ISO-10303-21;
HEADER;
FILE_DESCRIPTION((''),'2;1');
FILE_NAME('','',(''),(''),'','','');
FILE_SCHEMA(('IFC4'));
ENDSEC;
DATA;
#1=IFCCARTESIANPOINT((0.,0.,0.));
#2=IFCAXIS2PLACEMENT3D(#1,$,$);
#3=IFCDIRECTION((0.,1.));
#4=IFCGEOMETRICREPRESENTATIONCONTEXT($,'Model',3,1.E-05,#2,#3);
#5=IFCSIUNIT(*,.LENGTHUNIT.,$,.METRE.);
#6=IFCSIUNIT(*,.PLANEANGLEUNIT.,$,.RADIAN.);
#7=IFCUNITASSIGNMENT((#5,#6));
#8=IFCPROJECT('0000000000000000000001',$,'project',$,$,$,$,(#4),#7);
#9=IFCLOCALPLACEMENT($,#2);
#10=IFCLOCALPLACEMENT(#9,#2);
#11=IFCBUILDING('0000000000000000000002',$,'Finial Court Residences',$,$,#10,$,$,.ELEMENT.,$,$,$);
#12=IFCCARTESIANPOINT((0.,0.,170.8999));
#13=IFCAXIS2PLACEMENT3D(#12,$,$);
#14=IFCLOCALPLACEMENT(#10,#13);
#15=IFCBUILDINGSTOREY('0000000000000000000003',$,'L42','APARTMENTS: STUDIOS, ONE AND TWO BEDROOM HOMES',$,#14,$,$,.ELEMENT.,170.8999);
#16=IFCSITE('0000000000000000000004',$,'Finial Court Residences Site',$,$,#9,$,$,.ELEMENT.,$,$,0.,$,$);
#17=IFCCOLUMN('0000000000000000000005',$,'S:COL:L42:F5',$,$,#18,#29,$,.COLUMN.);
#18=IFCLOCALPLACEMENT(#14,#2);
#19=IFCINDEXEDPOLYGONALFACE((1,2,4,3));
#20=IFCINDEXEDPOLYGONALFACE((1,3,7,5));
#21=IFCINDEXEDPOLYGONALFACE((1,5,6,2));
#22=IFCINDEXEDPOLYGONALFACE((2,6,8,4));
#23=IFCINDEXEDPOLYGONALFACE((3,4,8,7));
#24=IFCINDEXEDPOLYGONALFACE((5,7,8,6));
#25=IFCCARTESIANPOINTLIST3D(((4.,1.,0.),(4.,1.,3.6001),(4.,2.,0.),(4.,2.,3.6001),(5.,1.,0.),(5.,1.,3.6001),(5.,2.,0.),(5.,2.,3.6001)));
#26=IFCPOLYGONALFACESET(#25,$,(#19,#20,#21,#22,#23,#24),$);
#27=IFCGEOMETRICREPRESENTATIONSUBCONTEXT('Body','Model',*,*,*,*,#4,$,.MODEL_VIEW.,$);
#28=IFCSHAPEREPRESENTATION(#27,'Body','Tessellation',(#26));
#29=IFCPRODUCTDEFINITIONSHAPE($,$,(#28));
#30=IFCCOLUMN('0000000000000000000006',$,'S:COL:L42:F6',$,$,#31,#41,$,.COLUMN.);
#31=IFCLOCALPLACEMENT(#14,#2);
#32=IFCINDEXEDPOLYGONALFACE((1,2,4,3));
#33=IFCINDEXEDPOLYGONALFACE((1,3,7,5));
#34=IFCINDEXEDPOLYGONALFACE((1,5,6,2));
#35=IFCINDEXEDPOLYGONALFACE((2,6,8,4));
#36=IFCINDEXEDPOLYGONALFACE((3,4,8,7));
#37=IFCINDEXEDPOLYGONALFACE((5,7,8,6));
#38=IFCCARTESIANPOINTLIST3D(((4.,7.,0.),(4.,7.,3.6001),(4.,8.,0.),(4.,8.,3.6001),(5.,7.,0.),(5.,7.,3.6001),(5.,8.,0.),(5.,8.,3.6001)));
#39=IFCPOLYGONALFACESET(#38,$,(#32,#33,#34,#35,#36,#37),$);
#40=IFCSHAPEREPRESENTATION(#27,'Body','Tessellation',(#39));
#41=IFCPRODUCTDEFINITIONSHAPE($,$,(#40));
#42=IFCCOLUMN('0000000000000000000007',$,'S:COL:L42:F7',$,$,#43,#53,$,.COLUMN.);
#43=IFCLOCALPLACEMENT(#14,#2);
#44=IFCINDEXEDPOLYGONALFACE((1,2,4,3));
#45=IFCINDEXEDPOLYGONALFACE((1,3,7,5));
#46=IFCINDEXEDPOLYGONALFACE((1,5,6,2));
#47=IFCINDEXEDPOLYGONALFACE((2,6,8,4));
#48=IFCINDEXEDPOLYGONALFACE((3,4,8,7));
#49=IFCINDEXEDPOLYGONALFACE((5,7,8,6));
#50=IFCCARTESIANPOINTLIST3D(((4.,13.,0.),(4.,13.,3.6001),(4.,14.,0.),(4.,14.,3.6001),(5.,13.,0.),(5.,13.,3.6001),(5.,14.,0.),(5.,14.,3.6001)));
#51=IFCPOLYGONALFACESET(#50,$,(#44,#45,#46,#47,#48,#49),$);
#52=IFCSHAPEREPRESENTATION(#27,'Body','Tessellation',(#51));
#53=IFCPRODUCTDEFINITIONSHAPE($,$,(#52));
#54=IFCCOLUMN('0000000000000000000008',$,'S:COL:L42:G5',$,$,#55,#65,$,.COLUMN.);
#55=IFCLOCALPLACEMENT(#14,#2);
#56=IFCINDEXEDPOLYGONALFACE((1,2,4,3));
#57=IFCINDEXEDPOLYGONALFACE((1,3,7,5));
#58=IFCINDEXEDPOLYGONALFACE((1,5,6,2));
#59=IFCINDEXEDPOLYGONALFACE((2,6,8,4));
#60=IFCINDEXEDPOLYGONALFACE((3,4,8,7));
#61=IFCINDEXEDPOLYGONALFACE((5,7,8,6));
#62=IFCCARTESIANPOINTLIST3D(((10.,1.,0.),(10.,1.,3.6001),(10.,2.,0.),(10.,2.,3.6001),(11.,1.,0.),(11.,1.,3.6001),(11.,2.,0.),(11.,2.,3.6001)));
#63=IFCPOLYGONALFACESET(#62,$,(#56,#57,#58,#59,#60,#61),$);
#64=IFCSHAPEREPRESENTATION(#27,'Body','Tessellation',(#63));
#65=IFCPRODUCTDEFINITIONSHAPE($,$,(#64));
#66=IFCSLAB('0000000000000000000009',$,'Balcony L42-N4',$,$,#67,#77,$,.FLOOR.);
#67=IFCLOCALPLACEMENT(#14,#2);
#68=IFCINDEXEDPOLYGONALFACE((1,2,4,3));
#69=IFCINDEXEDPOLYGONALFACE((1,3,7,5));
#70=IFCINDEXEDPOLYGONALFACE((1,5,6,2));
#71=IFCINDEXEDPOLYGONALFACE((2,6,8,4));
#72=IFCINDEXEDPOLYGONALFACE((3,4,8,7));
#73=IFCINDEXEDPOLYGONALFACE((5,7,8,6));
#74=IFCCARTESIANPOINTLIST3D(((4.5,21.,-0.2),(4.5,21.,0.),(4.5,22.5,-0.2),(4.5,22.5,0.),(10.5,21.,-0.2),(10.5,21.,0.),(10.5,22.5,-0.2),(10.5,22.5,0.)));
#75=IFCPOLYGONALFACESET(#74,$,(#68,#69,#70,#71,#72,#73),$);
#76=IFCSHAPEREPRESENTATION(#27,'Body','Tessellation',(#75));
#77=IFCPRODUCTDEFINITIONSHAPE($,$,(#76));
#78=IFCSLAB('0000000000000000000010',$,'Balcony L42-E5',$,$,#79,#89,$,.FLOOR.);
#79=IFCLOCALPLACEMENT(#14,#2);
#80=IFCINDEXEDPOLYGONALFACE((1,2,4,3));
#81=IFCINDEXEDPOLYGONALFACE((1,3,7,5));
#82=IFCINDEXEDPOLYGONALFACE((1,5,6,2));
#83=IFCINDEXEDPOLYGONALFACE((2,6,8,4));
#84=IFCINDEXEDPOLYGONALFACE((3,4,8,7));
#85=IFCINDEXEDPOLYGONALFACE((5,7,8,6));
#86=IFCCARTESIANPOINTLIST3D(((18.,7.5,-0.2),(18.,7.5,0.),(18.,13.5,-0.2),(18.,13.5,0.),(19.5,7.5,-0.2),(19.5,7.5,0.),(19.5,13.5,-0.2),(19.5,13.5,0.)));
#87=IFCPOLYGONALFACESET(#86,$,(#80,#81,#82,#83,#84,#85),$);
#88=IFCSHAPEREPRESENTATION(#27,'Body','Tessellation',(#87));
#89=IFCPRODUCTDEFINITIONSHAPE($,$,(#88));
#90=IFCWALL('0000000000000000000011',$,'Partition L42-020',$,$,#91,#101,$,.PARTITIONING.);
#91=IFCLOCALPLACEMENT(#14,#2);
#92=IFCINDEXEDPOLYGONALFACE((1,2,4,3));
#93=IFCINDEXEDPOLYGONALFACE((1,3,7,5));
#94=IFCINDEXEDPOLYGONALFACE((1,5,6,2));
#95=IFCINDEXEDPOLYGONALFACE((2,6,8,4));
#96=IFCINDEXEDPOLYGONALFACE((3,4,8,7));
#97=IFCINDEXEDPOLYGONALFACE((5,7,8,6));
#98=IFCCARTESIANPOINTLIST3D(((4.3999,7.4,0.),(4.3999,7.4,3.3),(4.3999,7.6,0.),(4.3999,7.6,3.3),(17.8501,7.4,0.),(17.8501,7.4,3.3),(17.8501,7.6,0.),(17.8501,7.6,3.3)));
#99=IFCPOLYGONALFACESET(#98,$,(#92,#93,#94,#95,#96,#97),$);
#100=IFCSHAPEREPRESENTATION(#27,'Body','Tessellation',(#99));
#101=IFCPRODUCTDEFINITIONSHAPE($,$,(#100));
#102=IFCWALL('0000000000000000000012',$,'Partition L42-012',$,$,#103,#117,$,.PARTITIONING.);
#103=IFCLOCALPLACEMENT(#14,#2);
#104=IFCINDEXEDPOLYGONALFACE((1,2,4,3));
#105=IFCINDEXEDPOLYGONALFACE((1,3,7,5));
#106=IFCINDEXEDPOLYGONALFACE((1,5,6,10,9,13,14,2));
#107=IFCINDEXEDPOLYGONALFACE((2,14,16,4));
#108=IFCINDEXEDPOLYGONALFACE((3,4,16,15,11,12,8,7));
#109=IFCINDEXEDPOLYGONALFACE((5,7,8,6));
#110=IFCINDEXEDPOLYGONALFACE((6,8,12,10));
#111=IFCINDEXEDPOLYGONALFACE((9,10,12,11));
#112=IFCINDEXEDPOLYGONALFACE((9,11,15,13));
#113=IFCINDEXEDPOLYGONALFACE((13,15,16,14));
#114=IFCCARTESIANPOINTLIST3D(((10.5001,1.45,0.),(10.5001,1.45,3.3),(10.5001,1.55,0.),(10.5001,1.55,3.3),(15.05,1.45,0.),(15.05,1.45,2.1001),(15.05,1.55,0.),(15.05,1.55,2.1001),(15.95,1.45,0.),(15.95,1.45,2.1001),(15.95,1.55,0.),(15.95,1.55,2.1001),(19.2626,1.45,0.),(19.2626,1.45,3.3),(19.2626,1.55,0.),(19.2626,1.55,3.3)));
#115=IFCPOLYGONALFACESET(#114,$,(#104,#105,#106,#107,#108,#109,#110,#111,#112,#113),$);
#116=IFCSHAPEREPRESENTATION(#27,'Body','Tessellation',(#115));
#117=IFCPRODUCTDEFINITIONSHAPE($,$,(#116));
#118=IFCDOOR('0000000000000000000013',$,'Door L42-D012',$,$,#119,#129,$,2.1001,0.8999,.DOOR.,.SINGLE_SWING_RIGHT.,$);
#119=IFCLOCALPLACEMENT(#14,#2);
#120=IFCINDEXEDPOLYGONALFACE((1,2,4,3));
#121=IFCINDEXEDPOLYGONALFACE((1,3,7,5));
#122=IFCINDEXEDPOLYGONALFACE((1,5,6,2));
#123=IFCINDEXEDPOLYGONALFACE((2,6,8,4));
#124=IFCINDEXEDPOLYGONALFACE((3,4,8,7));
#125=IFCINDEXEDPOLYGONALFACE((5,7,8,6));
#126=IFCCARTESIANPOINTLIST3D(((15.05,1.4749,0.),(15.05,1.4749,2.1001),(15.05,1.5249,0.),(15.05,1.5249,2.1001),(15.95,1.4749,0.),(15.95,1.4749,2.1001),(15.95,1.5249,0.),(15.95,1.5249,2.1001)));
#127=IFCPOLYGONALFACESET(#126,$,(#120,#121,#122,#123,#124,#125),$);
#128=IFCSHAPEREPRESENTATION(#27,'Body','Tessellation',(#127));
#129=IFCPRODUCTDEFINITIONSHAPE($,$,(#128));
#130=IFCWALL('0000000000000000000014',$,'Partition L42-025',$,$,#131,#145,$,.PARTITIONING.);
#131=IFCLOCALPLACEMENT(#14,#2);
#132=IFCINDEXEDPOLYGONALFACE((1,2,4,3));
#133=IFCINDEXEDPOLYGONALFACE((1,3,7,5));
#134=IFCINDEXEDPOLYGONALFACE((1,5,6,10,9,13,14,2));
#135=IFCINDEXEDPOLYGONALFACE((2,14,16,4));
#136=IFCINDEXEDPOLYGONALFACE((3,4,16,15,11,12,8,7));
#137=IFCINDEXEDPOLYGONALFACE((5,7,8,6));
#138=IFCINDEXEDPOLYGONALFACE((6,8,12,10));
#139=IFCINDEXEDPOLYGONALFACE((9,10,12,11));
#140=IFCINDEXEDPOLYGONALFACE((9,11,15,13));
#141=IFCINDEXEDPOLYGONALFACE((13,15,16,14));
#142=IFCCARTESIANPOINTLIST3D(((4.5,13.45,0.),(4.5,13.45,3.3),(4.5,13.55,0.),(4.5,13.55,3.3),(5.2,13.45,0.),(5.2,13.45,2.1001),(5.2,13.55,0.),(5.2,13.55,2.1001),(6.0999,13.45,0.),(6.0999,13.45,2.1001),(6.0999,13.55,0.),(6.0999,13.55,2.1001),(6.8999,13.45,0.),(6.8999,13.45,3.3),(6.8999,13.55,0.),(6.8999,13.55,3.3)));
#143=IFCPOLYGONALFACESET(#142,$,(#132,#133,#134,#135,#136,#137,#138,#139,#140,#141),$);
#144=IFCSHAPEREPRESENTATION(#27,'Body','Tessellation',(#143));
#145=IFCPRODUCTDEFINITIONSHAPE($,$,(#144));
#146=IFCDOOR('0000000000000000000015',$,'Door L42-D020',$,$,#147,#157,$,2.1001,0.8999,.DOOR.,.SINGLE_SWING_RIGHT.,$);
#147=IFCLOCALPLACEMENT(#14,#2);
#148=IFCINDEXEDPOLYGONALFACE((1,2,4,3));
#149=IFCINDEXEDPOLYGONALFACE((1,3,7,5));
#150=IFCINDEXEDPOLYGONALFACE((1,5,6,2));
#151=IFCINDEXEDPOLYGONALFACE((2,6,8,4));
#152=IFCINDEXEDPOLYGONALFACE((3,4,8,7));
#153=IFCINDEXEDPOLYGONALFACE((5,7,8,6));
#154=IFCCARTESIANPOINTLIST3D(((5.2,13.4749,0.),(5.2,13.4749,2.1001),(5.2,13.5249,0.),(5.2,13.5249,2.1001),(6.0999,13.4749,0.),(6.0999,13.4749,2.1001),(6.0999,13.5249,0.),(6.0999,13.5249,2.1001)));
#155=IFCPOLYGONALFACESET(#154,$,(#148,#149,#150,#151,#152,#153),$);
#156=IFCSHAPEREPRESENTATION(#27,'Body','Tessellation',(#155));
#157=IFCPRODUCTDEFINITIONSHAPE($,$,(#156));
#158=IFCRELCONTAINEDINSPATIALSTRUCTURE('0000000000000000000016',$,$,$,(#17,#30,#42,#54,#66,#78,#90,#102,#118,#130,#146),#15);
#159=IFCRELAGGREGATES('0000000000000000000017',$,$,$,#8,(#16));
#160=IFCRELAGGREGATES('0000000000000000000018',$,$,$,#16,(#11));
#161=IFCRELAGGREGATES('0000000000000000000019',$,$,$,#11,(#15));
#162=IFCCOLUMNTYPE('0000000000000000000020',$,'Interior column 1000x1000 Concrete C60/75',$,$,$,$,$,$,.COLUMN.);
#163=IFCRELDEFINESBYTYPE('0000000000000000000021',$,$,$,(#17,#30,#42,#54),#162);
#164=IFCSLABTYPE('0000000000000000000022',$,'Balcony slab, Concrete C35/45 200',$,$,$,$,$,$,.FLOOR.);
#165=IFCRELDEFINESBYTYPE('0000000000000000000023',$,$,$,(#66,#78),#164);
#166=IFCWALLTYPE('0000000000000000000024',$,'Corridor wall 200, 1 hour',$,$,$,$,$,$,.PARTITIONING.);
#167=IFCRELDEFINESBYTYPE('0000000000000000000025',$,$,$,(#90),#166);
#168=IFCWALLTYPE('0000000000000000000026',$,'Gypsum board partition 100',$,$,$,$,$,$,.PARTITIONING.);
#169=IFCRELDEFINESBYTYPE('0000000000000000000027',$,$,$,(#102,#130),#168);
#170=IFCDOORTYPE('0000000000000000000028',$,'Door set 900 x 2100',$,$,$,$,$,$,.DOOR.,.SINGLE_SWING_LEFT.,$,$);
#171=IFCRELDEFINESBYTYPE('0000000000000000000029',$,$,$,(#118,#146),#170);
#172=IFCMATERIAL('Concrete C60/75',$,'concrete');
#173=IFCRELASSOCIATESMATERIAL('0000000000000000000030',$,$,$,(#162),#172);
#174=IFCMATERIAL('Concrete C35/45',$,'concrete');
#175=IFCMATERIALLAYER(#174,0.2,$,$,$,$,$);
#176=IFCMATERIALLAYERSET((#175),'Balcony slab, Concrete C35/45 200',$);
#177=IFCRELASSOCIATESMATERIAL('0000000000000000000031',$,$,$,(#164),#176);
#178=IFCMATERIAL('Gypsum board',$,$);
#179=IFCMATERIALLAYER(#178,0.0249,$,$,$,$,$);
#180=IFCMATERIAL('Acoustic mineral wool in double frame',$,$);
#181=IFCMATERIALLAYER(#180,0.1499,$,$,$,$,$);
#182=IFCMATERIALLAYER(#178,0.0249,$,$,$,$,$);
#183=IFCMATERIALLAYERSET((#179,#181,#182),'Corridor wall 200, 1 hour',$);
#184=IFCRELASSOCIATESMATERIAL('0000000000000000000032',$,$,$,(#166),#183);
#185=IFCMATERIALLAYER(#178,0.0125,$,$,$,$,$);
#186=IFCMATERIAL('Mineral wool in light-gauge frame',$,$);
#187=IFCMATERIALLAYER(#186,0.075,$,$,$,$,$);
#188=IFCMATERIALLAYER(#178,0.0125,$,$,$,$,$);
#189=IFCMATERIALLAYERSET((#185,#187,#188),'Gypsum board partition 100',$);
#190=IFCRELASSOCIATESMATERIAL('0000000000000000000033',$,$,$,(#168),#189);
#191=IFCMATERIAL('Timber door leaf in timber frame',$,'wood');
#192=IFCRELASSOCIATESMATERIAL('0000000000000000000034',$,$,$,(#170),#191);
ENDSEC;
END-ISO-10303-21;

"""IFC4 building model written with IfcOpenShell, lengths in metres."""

from ifc_helpers import new_model, si_unit, direction, frame, frame_2d, origin, origin_2d, place, context, subcontext, project, spatial, polyline, rectangle, outline, extrude, material, layer, layer_set, material_profile, profile_set, type_object, element, fill, save


model = new_model("IFC4")

# Units and contexts
model_context = context("Model", 3, precision=1e-05, world=origin(), true_north=direction((0.0, 1.0)))
body_context = subcontext(model_context, "Body", "Model", "MODEL_VIEW")
ifc_project = project(units=[si_unit("LENGTHUNIT", "METRE"), si_unit("PLANEANGLEUNIT", "RADIAN")], contexts=[model_context])

# Site, building, storey
site_placement = place(None, origin())
site = spatial("IfcSite", under=ifc_project, at=site_placement, Name="Finial Court Residences Site", CompositionType="ELEMENT", RefElevation=0.0)
building_placement = place(site_placement, origin())
building = spatial("IfcBuilding", under=site, at=building_placement, Name="Finial Court Residences", CompositionType="ELEMENT")
storey_placement = place(building_placement, frame((0.0, 0.0, 170.8999)))
storey = spatial("IfcBuildingStorey", under=building, at=storey_placement, Name="L42", Description="APARTMENTS: STUDIOS, ONE AND TWO BEDROOM HOMES", CompositionType="ELEMENT", Elevation=170.8999)

# Columns
ifc_material_1 = material(Name="Concrete C60/75", Category="concrete")
ifc_material_profile = material_profile(ifc_material_1, rectangle(XDim=1.0, YDim=1.0, at=origin_2d()), Name="1000x1000")
ifc_profile_set = profile_set([ifc_material_profile], Name="Concrete C60/75")
column_type = type_object("IfcColumnType", Name="Interior column 1000x1000 Concrete C60/75", PredefinedType="COLUMN", material=ifc_profile_set)
for number, where, z_axis, x_axis, name in (
    (1, (4.5, 1.5, 0.0), (0.0, 0.0, 1.0), (1.0, 0.0, 0.0), "S:COL:L42:F5"),
    (2, (4.5, 7.5, 0.0), (0.0, 0.0, 1.0), (1.0, 0.0, 0.0), "S:COL:L42:F6"),
    (3, (4.5, 13.5, 0.0), (0.0, 0.0, 1.0), (1.0, 0.0, 0.0), "S:COL:L42:F7"),
    (4, (10.5, 1.5, 0.0), (0.0, 0.0, 1.0), (1.0, 0.0, 0.0), "S:COL:L42:G5"),
):
    element("IfcColumn", number, at=place(storey_placement, frame(where, z_axis=z_axis, x_axis=x_axis)), inside=storey, type_object=column_type, Name=name, PredefinedType="COLUMN", context=body_context, shape_type="SweptSolid", body=[
        extrude(rectangle(XDim=1.0, YDim=1.0, at=origin_2d()), origin(), (0.0, 0.0, 1.0), 3.6001),
    ])

# Slabs
ifc_material_2 = material(Name="Concrete C35/45", Category="concrete")
ifc_layer_1 = layer(ifc_material_2, 0.2)
ifc_layer_set_1 = layer_set([ifc_layer_1], Name="Balcony slab, Concrete C35/45 200")
slab_type = type_object("IfcSlabType", Name="Balcony slab, Concrete C35/45 200", PredefinedType="FLOOR", material=ifc_layer_set_1)
slab_1_placement = place(storey_placement, frame((0.0, 0.0, -0.2)))
element("IfcSlab", 5, at=slab_1_placement, inside=storey, type_object=slab_type, Name="Balcony L42-N4", PredefinedType="FLOOR", context=body_context, shape_type="SweptSolid", body=[
    extrude(outline(polyline([(10.5, 21.0), (10.5, 22.5), (4.5, 22.5), (4.5, 21.0), (10.5, 21.0)])), origin(), (0.0, 0.0, 1.0), 0.2),
])
slab_2_placement = place(storey_placement, frame((0.0, 0.0, -0.2)))
element("IfcSlab", 6, at=slab_2_placement, inside=storey, type_object=slab_type, Name="Balcony L42-E5", PredefinedType="FLOOR", context=body_context, shape_type="SweptSolid", body=[
    extrude(outline(polyline([(19.5, 7.5), (19.5, 13.5), (18.0, 13.5), (18.0, 7.5), (19.5, 7.5)])), origin(), (0.0, 0.0, 1.0), 0.2),
])

# Wall
ifc_material_3 = material(Name="Gypsum board")
ifc_layer_2 = layer(ifc_material_3, 0.0249)
ifc_material_4 = material(Name="Acoustic mineral wool in double frame")
ifc_layer_3 = layer(ifc_material_4, 0.1499)
ifc_layer_4 = layer(ifc_material_3, 0.0249)
ifc_layer_set_2 = layer_set([ifc_layer_2, ifc_layer_3, ifc_layer_4], Name="Corridor wall 200, 1 hour")
wall_type_1 = type_object("IfcWallType", Name="Corridor wall 200, 1 hour", PredefinedType="PARTITIONING", material=ifc_layer_set_2)
wall_1_placement = place(storey_placement, frame((4.3999, 7.5, 0.0), z_axis=(0.0, 0.0, 1.0), x_axis=(1.0, 0.0, 0.0)))
element("IfcWall", 7, at=wall_1_placement, inside=storey, type_object=wall_type_1, Name="Partition L42-020", PredefinedType="PARTITIONING", context=body_context, shape_type="SweptSolid", body=[
    extrude(rectangle(XDim=13.4502, YDim=0.2, at=frame_2d((6.7251, 0.0))), origin(), (0.0, 0.0, 1.0), 3.3),
])

# Walls, openings, doors
ifc_layer_5 = layer(ifc_material_3, 0.0125)
ifc_material_5 = material(Name="Mineral wool in light-gauge frame")
ifc_layer_6 = layer(ifc_material_5, 0.075)
ifc_layer_7 = layer(ifc_material_3, 0.0125)
ifc_layer_set_3 = layer_set([ifc_layer_5, ifc_layer_6, ifc_layer_7], Name="Gypsum board partition 100")
wall_type_2 = type_object("IfcWallType", Name="Gypsum board partition 100", PredefinedType="PARTITIONING", material=ifc_layer_set_3)
wall_2_placement = place(storey_placement, frame((10.5, 1.5, 0.0), z_axis=(0.0, 0.0, 1.0), x_axis=(1.0, 0.0, 0.0)))
wall_2 = element("IfcWall", 8, at=wall_2_placement, inside=storey, type_object=wall_type_2, Name="Partition L42-012", PredefinedType="PARTITIONING", context=body_context, shape_type="SweptSolid", body=[
    extrude(rectangle(XDim=8.7625, YDim=0.1001, at=frame_2d((4.3813, 0.0))), origin(), (0.0, 0.0, 1.0), 3.3),
])
opening_1_placement = place(wall_2_placement, frame((4.55, 0.0, 0.0)))
opening_1 = element("IfcOpeningElement", 9, at=opening_1_placement, cuts=wall_2, PredefinedType="OPENING", context=body_context, shape_type="SweptSolid", body=[
    extrude(rectangle(XDim=0.8999, YDim=2.1001, at=frame_2d((0.45, 1.05))), frame((0.0, 0.0601, 0.0), z_axis=(0.0, -1.0, 0.0), x_axis=(1.0, 0.0, 0.0)), (0.0, 0.0, 1.0), 0.1201),
])
ifc_material_6 = material(Name="Timber door leaf in timber frame", Category="wood")
door_type = type_object("IfcDoorType", Name="Door set 900 x 2100", OperationType="SINGLE_SWING_LEFT", PredefinedType="DOOR", material=ifc_material_6)
door_1_placement = place(opening_1_placement, origin())
door_1 = element("IfcDoor", 10, at=door_1_placement, inside=storey, type_object=door_type, Name="Door L42-D012", OperationType="SINGLE_SWING_RIGHT", OverallHeight=2.1001, OverallWidth=0.8999, PredefinedType="DOOR", context=body_context, shape_type="SweptSolid", body=[
    extrude(rectangle(XDim=0.8999, YDim=2.1001, at=frame_2d((0.45, 1.05))), frame((0.0, 0.0249, 0.0), z_axis=(0.0, -1.0, 0.0), x_axis=(1.0, 0.0, 0.0)), (0.0, 0.0, 1.0), 0.05),
])
fill(opening_1, door_1)
wall_3_placement = place(storey_placement, frame((4.5, 13.5, 0.0), z_axis=(0.0, 0.0, 1.0), x_axis=(1.0, 0.0, 0.0)))
wall_3 = element("IfcWall", 11, at=wall_3_placement, inside=storey, type_object=wall_type_2, Name="Partition L42-025", PredefinedType="PARTITIONING", context=body_context, shape_type="SweptSolid", body=[
    extrude(rectangle(XDim=2.3999, YDim=0.1001, at=frame_2d((1.2, 0.0))), origin(), (0.0, 0.0, 1.0), 3.3),
])
opening_2_placement = place(wall_3_placement, frame((0.7, 0.0, 0.0)))
opening_2 = element("IfcOpeningElement", 12, at=opening_2_placement, cuts=wall_3, PredefinedType="OPENING", context=body_context, shape_type="SweptSolid", body=[
    extrude(rectangle(XDim=0.8999, YDim=2.1001, at=frame_2d((0.45, 1.05))), frame((0.0, 0.0601, 0.0), z_axis=(0.0, -1.0, 0.0), x_axis=(1.0, 0.0, 0.0)), (0.0, 0.0, 1.0), 0.1201),
])
door_2_placement = place(opening_2_placement, origin())
door_2 = element("IfcDoor", 13, at=door_2_placement, inside=storey, type_object=door_type, Name="Door L42-D020", OperationType="SINGLE_SWING_RIGHT", OverallHeight=2.1001, OverallWidth=0.8999, PredefinedType="DOOR", context=body_context, shape_type="SweptSolid", body=[
    extrude(rectangle(XDim=0.8999, YDim=2.1001, at=frame_2d((0.45, 1.05))), frame((0.0, 0.0249, 0.0), z_axis=(0.0, -1.0, 0.0), x_axis=(1.0, 0.0, 0.0)), (0.0, 0.0, 1.0), 0.05),
])
fill(opening_2, door_2)

save(model, "model.ifc")
